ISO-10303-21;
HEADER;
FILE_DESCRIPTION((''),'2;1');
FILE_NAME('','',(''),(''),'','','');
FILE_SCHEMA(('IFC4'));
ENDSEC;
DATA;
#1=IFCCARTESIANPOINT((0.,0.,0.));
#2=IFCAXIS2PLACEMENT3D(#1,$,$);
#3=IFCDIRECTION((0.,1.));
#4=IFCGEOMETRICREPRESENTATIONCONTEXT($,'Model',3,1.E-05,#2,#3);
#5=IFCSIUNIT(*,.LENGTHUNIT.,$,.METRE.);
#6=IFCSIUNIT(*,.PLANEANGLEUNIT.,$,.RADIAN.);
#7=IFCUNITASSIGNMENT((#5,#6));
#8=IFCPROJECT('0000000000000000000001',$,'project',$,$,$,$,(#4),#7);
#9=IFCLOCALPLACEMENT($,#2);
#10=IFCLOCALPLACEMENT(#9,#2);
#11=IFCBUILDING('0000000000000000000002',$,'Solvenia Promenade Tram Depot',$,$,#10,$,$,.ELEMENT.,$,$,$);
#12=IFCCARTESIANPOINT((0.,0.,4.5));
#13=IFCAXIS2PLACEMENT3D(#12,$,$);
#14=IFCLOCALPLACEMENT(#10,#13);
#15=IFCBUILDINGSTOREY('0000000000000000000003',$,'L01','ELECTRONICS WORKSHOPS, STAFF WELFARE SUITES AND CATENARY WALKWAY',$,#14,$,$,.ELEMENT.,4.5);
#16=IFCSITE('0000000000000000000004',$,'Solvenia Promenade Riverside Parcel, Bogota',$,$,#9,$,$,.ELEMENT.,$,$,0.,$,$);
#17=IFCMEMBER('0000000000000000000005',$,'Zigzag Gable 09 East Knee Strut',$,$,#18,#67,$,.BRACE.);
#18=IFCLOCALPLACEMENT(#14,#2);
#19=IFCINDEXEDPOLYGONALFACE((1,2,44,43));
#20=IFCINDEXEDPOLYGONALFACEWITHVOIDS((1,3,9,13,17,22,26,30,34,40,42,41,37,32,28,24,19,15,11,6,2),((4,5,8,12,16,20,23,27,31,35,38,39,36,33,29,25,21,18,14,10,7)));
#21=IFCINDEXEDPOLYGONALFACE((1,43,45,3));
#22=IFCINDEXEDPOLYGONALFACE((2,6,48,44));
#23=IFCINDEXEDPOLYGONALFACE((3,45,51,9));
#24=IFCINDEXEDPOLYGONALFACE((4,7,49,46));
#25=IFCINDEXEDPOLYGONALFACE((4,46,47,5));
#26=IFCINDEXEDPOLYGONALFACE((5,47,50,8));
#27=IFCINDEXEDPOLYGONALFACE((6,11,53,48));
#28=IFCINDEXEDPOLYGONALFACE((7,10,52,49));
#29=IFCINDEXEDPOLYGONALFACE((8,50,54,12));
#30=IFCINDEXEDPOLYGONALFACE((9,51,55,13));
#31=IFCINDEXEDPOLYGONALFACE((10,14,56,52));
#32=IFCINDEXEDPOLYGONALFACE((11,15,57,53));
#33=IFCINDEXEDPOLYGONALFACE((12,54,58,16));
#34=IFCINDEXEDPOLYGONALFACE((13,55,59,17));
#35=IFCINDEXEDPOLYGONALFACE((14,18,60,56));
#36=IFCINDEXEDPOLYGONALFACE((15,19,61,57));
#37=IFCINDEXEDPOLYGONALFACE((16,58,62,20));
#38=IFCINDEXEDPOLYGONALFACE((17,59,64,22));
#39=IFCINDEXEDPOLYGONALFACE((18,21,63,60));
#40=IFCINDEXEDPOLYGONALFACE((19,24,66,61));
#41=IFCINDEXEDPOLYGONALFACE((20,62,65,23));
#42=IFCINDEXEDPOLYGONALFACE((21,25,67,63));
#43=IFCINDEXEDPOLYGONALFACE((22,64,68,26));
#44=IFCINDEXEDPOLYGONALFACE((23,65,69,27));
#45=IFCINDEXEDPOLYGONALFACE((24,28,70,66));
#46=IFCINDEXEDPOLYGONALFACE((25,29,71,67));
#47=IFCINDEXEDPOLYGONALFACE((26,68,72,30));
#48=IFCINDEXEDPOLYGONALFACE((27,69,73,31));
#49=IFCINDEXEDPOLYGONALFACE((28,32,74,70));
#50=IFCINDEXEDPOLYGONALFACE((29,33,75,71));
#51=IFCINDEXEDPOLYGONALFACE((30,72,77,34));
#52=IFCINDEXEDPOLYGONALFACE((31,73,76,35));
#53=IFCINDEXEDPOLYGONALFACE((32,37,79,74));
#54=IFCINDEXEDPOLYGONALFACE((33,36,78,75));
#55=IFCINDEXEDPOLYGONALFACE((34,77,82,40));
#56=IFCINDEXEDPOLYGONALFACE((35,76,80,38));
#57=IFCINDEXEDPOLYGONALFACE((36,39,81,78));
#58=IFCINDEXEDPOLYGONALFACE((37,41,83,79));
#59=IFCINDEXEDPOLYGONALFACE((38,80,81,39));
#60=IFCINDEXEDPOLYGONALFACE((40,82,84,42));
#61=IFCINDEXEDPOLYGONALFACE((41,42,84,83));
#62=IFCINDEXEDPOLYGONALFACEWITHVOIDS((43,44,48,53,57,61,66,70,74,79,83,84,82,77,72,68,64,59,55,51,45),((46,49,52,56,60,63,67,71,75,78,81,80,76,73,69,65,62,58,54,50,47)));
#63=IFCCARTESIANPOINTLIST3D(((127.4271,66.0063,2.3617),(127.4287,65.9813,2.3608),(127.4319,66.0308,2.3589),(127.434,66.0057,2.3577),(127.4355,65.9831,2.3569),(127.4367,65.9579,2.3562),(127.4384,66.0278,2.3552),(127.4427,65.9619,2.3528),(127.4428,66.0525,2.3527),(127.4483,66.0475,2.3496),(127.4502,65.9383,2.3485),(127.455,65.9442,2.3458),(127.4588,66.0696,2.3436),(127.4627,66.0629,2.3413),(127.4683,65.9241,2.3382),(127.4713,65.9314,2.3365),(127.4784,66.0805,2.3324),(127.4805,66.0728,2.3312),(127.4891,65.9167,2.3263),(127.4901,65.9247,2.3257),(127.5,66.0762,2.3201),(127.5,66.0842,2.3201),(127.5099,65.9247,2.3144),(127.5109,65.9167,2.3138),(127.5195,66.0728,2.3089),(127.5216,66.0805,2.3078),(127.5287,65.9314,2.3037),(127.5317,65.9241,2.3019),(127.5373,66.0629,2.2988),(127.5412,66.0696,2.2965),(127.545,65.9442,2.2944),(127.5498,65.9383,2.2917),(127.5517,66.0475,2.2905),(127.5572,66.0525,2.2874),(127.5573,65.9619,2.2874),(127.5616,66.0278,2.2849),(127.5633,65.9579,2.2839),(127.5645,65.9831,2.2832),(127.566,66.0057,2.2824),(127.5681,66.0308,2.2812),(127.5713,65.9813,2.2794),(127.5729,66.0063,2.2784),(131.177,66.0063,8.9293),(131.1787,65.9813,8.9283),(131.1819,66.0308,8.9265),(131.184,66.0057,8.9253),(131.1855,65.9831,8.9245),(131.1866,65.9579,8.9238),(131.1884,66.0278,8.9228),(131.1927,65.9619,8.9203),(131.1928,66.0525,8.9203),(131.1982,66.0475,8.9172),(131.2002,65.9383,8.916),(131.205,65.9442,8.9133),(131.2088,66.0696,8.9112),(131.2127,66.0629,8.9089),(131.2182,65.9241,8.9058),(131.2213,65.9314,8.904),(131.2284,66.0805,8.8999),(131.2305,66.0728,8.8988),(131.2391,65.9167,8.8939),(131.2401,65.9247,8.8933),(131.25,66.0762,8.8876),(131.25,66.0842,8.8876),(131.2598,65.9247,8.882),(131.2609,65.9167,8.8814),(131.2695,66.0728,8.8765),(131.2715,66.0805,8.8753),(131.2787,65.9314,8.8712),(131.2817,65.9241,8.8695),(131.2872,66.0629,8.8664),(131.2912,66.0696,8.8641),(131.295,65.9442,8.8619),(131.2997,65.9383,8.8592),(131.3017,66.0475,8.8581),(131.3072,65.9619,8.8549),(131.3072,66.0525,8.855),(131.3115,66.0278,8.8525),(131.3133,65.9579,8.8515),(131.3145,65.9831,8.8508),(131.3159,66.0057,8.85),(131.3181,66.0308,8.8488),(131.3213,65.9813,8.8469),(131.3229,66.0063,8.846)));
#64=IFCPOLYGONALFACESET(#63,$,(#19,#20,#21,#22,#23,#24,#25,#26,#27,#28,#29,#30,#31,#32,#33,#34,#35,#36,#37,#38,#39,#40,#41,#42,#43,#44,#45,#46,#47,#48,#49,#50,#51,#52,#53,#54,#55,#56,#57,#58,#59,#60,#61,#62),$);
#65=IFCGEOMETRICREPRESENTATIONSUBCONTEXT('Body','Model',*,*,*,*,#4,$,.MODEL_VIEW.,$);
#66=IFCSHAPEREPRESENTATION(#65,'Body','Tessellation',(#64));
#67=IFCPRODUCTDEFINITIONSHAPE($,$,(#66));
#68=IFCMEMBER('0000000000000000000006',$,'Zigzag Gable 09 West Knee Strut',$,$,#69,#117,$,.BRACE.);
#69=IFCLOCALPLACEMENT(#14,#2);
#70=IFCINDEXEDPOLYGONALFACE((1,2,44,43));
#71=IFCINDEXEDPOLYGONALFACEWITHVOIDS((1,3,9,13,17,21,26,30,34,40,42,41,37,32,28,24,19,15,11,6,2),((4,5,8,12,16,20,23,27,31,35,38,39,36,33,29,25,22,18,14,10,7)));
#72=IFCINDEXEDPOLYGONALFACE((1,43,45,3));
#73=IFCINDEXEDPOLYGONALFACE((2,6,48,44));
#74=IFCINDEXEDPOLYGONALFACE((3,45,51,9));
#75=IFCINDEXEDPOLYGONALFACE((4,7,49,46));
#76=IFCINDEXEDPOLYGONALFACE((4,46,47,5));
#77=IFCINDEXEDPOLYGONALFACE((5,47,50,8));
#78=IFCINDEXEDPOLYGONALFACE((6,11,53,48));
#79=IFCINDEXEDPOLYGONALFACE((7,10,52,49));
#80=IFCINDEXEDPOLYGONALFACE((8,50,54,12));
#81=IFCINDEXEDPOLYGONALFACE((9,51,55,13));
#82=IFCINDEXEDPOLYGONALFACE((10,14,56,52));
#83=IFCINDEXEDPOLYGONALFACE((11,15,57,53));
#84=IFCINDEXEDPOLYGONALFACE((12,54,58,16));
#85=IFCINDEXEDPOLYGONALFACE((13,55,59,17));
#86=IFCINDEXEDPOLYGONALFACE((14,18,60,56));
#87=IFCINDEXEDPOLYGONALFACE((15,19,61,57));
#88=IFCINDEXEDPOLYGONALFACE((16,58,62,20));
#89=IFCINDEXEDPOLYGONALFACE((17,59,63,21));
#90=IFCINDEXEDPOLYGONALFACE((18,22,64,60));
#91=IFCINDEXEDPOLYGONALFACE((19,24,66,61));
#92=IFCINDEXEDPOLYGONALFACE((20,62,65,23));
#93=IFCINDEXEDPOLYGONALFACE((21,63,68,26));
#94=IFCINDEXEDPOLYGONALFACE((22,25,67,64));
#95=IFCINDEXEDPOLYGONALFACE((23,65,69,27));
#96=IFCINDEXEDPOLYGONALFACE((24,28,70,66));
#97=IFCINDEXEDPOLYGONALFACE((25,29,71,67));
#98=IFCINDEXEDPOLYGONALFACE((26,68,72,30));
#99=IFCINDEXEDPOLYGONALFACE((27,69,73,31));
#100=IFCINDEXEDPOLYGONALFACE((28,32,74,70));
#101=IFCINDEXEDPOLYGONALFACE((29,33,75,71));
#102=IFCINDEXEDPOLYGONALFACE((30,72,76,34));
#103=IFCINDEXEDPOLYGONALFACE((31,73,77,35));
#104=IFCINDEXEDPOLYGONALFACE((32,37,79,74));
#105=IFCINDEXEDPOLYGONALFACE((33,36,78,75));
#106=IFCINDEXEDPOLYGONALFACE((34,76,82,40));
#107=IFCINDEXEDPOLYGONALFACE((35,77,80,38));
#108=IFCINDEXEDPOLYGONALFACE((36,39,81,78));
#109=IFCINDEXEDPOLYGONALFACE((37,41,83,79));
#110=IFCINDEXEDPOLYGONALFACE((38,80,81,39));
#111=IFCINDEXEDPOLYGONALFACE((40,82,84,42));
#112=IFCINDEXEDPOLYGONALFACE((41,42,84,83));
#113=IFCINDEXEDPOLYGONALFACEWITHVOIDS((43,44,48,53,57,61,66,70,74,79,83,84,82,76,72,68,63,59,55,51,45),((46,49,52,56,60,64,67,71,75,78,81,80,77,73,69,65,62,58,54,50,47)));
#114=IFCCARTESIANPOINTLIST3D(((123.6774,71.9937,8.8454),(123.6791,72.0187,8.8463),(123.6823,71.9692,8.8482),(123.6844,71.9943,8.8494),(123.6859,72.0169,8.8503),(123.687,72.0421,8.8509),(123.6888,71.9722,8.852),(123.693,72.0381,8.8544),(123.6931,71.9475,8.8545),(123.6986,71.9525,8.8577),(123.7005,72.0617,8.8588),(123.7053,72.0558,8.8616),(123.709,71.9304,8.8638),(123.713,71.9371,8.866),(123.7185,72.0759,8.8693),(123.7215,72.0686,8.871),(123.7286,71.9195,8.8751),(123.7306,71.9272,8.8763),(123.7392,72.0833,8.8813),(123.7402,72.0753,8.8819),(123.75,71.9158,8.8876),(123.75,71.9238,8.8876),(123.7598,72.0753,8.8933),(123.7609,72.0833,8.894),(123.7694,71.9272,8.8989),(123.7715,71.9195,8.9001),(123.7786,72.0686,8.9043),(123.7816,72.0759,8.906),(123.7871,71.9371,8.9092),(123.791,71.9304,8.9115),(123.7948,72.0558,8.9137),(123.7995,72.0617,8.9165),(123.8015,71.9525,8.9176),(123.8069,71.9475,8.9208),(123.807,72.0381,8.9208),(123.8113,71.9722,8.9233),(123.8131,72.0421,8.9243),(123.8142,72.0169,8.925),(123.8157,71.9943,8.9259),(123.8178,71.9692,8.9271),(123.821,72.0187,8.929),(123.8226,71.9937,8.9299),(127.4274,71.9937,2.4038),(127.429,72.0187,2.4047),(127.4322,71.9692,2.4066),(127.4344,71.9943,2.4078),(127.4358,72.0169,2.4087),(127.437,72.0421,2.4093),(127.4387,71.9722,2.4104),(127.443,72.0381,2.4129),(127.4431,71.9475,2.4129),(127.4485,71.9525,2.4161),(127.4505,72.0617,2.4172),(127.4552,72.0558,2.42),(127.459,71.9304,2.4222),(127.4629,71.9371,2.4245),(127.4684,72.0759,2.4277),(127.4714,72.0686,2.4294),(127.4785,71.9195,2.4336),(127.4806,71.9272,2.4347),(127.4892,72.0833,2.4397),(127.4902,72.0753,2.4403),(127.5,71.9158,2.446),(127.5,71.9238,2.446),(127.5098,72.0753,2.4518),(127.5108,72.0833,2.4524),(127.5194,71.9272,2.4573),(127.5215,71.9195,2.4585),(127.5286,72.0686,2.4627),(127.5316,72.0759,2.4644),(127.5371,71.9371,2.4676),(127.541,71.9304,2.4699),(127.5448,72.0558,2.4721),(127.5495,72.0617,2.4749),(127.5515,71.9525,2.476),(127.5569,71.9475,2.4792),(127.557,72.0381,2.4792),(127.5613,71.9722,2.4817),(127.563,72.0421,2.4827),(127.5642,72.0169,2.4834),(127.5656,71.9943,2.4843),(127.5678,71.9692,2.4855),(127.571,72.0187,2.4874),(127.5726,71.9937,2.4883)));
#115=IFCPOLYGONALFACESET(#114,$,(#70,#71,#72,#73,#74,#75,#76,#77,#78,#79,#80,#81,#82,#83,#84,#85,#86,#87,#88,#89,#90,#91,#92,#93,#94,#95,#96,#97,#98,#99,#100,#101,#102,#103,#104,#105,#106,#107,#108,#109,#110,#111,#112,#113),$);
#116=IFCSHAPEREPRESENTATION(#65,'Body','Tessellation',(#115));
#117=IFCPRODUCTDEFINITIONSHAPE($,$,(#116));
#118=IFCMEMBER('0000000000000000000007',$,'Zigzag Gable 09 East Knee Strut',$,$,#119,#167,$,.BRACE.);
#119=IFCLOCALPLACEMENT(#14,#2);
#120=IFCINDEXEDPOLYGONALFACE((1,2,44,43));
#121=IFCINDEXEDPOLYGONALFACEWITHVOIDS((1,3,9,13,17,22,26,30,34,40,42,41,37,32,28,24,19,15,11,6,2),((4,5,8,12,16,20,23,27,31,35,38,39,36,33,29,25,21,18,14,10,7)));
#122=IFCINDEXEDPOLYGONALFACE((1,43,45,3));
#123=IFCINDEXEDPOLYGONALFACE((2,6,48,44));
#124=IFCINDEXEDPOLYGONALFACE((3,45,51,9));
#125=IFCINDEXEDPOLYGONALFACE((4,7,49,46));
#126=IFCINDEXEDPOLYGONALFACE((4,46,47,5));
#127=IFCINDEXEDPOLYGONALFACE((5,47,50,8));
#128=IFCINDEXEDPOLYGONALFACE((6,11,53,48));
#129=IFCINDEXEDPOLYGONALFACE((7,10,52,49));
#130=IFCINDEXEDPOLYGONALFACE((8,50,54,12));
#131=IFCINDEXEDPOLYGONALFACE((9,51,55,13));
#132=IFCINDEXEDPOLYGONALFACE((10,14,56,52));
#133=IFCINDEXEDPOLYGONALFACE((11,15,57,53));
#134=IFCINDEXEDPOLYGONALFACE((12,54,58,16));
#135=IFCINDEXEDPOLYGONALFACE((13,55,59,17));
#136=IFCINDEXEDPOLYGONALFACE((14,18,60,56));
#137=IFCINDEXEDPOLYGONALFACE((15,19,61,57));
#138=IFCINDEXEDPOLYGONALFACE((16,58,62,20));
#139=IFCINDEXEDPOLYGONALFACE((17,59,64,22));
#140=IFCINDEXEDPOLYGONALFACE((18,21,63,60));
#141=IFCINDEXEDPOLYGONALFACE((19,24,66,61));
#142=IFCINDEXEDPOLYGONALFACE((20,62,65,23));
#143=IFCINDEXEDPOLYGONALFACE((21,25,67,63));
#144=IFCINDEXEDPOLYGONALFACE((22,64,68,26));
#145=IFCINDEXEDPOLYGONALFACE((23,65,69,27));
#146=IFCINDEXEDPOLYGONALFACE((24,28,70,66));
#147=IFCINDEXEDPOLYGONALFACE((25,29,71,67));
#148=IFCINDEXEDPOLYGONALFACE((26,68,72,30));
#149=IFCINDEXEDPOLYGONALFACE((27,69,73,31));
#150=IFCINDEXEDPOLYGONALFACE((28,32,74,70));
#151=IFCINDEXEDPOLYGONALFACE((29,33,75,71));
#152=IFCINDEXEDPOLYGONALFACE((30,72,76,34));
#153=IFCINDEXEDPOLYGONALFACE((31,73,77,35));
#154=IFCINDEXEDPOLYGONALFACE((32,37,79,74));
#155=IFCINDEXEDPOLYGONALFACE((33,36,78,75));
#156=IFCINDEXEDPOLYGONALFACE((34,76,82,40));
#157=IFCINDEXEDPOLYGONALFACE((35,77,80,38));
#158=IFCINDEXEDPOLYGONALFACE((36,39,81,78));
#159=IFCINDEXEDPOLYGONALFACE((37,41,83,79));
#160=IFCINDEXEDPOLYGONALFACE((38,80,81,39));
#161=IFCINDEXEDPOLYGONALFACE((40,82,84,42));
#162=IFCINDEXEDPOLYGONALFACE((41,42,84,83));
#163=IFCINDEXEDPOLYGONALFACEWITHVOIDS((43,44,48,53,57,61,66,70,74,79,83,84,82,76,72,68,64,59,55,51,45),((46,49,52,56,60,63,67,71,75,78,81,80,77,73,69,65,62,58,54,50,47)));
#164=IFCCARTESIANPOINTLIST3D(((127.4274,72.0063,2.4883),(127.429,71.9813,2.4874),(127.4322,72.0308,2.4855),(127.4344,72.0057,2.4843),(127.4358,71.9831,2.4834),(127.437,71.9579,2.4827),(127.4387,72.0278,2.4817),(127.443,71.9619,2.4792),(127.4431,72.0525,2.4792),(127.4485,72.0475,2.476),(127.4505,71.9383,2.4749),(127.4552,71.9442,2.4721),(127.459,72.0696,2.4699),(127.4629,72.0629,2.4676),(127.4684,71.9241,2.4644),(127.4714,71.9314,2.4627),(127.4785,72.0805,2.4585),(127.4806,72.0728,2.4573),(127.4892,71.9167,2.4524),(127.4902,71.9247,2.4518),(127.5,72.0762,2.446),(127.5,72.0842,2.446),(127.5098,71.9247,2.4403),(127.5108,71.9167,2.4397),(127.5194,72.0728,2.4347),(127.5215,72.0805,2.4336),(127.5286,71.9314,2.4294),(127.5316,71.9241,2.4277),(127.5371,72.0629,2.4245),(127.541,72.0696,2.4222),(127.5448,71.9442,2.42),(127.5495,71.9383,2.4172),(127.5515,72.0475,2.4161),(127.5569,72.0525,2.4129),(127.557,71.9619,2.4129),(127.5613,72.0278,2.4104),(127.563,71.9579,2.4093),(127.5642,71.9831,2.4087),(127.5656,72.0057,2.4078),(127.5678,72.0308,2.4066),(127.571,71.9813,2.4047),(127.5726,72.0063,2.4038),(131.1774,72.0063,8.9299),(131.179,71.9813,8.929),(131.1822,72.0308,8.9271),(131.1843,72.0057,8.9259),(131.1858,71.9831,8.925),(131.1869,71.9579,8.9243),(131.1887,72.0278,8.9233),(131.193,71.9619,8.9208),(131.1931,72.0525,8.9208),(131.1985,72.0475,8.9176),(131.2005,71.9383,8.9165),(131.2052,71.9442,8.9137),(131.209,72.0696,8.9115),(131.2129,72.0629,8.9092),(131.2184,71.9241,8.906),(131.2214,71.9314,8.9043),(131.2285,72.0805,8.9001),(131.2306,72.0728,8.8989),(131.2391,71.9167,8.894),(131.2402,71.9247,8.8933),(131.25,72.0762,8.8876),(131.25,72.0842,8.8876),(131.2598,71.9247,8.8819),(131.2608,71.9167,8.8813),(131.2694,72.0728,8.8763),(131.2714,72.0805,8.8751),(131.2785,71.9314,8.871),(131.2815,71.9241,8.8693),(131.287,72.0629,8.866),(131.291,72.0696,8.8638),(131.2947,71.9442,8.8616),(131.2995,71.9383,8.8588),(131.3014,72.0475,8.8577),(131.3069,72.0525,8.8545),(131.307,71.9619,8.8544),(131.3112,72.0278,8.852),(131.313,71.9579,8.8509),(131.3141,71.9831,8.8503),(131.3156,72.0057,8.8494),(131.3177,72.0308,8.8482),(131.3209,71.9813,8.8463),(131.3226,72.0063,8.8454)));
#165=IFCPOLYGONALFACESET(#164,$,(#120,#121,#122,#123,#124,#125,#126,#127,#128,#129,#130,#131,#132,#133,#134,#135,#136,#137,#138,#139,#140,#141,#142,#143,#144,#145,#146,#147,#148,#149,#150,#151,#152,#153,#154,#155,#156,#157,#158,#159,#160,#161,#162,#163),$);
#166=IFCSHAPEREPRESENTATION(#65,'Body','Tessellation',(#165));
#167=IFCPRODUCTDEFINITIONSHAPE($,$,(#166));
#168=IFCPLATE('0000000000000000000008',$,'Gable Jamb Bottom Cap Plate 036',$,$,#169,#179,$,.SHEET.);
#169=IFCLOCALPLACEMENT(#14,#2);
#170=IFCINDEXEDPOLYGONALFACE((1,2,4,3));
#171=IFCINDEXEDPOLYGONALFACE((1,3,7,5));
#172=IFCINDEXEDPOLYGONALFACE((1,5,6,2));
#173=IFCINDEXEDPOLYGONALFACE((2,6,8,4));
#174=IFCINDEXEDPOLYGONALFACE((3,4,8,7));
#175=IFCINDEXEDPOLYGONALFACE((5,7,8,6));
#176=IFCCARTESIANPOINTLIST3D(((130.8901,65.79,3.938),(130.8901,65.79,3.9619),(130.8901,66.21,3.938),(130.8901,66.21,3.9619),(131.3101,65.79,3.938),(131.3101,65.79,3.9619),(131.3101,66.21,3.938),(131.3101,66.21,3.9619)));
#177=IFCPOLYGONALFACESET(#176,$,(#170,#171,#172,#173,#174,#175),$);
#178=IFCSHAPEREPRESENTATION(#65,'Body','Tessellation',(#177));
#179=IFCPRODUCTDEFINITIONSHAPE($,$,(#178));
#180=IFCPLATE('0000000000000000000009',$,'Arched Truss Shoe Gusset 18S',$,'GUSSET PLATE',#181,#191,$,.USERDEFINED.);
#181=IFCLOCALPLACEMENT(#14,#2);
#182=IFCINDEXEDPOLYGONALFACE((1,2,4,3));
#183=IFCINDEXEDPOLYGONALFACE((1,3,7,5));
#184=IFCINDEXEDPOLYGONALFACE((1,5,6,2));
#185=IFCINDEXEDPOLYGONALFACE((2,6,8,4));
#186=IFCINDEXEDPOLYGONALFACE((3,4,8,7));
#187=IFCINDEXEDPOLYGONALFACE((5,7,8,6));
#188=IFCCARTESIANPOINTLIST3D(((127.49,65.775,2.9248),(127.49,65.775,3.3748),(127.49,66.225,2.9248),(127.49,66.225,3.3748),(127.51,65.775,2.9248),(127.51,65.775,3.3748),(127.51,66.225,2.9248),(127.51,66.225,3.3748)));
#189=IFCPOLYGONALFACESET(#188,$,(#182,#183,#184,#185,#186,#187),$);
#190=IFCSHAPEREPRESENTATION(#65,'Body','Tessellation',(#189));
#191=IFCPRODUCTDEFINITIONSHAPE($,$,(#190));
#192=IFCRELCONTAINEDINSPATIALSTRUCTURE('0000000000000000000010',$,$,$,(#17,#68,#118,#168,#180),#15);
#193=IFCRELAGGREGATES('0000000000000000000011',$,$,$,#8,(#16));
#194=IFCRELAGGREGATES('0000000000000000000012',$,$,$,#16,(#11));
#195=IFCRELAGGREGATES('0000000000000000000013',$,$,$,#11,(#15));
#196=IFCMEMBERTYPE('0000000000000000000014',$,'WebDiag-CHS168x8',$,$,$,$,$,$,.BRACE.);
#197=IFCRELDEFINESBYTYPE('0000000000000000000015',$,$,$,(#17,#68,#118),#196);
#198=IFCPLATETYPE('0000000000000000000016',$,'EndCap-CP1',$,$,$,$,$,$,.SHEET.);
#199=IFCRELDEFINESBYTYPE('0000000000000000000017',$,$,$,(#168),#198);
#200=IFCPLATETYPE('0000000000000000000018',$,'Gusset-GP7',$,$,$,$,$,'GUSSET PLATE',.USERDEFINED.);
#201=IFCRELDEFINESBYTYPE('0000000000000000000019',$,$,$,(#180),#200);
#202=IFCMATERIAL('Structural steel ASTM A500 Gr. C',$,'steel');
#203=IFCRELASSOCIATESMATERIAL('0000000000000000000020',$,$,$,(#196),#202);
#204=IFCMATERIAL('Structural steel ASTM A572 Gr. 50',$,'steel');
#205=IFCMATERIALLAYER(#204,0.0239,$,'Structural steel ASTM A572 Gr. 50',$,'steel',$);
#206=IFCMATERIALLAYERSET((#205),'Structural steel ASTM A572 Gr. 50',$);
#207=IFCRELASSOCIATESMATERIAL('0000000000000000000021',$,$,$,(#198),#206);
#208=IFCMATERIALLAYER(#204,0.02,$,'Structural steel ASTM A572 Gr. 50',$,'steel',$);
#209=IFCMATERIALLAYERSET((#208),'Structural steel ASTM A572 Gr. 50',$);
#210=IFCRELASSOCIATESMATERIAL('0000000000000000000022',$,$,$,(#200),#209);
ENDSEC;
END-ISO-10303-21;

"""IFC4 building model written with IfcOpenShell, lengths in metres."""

from ifc_helpers import new_model, si_unit, direction, frame, origin, origin_2d, place, context, subcontext, project, spatial, rectangle, hollow_circle, extrude, material, layer, layer_set, material_profile, profile_set, type_object, element, save


model = new_model("IFC4")

# Units and contexts
model_context = context("Model", 3, precision=1e-05, world=origin(), true_north=direction((0.0, 1.0)))
body_context = subcontext(model_context, "Body", "Model", "MODEL_VIEW")
ifc_project = project(units=[si_unit("LENGTHUNIT", "METRE"), si_unit("PLANEANGLEUNIT", "RADIAN")], contexts=[model_context])

# Site, building, storey
site_placement = place(None, origin())
site = spatial("IfcSite", under=ifc_project, at=site_placement, Name="Solvenia Promenade Riverside Parcel, Bogota", CompositionType="ELEMENT", RefElevation=0.0)
building_placement = place(site_placement, origin())
building = spatial("IfcBuilding", under=site, at=building_placement, Name="Solvenia Promenade Tram Depot", CompositionType="ELEMENT")
storey_placement = place(building_placement, frame((0.0, 0.0, 4.5)))
storey = spatial("IfcBuildingStorey", under=building, at=storey_placement, Name="L01", Description="ELECTRONICS WORKSHOPS, STAFF WELFARE SUITES AND CATENARY WALKWAY", CompositionType="ELEMENT", Elevation=4.5)

# Shared definitions
ifc_material_1 = material(Name="Structural steel ASTM A500 Gr. C", Category="steel")

# Members
ifc_material_profile_1 = material_profile(ifc_material_1, hollow_circle(Radius=0.0842, WallThickness=0.0081, at=origin_2d()), Name="CHS168.3x8", Category="steel")
ifc_profile_set_1 = profile_set([ifc_material_profile_1], Name="Structural steel ASTM A500 Gr. C")
member_type_1 = type_object("IfcMemberType", Name="WebDiag-CHS168x8", PredefinedType="BRACE", material=ifc_profile_set_1)
for number, where, z_axis, x_axis, name in (
    (1, (127.5, 66.0, 2.3201), (0.495847, 0.0, 0.86841), (0.0, 1.0, 0.0), "Zigzag Gable 09 East Knee Strut"),
):
    element("IfcMember", number, at=place(storey_placement, frame(where, z_axis=z_axis, x_axis=x_axis)), inside=storey, type_object=member_type_1, Name=name, PredefinedType="BRACE", context=body_context, shape_type="SweptSolid", body=[
        extrude(hollow_circle(Radius=0.0842, WallThickness=0.0081, at=origin_2d()), origin(), (0.0, 0.0, 1.0), 7.5627),
    ])
for number, where, z_axis, x_axis, name in (
    (2, (127.5, 72.0, 2.446), (-0.503107, 0.0, 0.864224), (0.0, -1.0, 0.0), "Zigzag Gable 09 West Knee Strut"),
    (3, (127.5, 72.0, 2.446), (0.503107, 0.0, 0.864224), (0.0, 1.0, 0.0), "Zigzag Gable 09 East Knee Strut"),
):
    element("IfcMember", number, at=place(storey_placement, frame(where, z_axis=z_axis, x_axis=x_axis)), inside=storey, type_object=member_type_1, Name=name, PredefinedType="BRACE", context=body_context, shape_type="SweptSolid", body=[
        extrude(hollow_circle(Radius=0.0842, WallThickness=0.0081, at=origin_2d()), origin(), (0.0, 0.0, 1.0), 7.4536),
    ])

# Plates
ifc_material_2 = material(Name="Structural steel ASTM A572 Gr. 50", Category="steel")
ifc_layer_1 = layer(ifc_material_2, 0.0239, Name="Structural steel ASTM A572 Gr. 50", Category="steel")
ifc_layer_set_1 = layer_set([ifc_layer_1], Name="Structural steel ASTM A572 Gr. 50")
plate_type_1 = type_object("IfcPlateType", Name="EndCap-CP1", PredefinedType="SHEET", material=ifc_layer_set_1)
plate_1_placement = place(storey_placement, frame((131.1001, 66.0, 3.938), z_axis=(0.0, 0.0, 1.0), x_axis=(1.0, 0.0, 0.0)))
element("IfcPlate", 4, at=plate_1_placement, inside=storey, type_object=plate_type_1, Name="Gable Jamb Bottom Cap Plate 036", PredefinedType="SHEET", context=body_context, shape_type="SweptSolid", body=[
    extrude(rectangle(XDim=0.4199, YDim=0.4199, at=origin_2d()), origin(), (0.0, 0.0, 1.0), 0.0239),
])
ifc_layer_2 = layer(ifc_material_2, 0.02, Name="Structural steel ASTM A572 Gr. 50", Category="steel")
ifc_layer_set_2 = layer_set([ifc_layer_2], Name="Structural steel ASTM A572 Gr. 50")
plate_type_2 = type_object("IfcPlateType", Name="Gusset-GP7", ElementType="GUSSET PLATE", PredefinedType="USERDEFINED", material=ifc_layer_set_2)
plate_2_placement = place(storey_placement, frame((127.5, 66.0, 2.9248), z_axis=(0.0, 0.0, 1.0), x_axis=(1.0, 0.0, 0.0)))
element("IfcPlate", 5, at=plate_2_placement, inside=storey, type_object=plate_type_2, Name="Arched Truss Shoe Gusset 18S", ObjectType="GUSSET PLATE", PredefinedType="USERDEFINED", context=body_context, shape_type="SweptSolid", body=[
    extrude(rectangle(XDim=0.02, YDim=0.45, at=origin_2d()), origin(), (0.0, 0.0, 1.0), 0.45),
])

save(model, "model.ifc")
